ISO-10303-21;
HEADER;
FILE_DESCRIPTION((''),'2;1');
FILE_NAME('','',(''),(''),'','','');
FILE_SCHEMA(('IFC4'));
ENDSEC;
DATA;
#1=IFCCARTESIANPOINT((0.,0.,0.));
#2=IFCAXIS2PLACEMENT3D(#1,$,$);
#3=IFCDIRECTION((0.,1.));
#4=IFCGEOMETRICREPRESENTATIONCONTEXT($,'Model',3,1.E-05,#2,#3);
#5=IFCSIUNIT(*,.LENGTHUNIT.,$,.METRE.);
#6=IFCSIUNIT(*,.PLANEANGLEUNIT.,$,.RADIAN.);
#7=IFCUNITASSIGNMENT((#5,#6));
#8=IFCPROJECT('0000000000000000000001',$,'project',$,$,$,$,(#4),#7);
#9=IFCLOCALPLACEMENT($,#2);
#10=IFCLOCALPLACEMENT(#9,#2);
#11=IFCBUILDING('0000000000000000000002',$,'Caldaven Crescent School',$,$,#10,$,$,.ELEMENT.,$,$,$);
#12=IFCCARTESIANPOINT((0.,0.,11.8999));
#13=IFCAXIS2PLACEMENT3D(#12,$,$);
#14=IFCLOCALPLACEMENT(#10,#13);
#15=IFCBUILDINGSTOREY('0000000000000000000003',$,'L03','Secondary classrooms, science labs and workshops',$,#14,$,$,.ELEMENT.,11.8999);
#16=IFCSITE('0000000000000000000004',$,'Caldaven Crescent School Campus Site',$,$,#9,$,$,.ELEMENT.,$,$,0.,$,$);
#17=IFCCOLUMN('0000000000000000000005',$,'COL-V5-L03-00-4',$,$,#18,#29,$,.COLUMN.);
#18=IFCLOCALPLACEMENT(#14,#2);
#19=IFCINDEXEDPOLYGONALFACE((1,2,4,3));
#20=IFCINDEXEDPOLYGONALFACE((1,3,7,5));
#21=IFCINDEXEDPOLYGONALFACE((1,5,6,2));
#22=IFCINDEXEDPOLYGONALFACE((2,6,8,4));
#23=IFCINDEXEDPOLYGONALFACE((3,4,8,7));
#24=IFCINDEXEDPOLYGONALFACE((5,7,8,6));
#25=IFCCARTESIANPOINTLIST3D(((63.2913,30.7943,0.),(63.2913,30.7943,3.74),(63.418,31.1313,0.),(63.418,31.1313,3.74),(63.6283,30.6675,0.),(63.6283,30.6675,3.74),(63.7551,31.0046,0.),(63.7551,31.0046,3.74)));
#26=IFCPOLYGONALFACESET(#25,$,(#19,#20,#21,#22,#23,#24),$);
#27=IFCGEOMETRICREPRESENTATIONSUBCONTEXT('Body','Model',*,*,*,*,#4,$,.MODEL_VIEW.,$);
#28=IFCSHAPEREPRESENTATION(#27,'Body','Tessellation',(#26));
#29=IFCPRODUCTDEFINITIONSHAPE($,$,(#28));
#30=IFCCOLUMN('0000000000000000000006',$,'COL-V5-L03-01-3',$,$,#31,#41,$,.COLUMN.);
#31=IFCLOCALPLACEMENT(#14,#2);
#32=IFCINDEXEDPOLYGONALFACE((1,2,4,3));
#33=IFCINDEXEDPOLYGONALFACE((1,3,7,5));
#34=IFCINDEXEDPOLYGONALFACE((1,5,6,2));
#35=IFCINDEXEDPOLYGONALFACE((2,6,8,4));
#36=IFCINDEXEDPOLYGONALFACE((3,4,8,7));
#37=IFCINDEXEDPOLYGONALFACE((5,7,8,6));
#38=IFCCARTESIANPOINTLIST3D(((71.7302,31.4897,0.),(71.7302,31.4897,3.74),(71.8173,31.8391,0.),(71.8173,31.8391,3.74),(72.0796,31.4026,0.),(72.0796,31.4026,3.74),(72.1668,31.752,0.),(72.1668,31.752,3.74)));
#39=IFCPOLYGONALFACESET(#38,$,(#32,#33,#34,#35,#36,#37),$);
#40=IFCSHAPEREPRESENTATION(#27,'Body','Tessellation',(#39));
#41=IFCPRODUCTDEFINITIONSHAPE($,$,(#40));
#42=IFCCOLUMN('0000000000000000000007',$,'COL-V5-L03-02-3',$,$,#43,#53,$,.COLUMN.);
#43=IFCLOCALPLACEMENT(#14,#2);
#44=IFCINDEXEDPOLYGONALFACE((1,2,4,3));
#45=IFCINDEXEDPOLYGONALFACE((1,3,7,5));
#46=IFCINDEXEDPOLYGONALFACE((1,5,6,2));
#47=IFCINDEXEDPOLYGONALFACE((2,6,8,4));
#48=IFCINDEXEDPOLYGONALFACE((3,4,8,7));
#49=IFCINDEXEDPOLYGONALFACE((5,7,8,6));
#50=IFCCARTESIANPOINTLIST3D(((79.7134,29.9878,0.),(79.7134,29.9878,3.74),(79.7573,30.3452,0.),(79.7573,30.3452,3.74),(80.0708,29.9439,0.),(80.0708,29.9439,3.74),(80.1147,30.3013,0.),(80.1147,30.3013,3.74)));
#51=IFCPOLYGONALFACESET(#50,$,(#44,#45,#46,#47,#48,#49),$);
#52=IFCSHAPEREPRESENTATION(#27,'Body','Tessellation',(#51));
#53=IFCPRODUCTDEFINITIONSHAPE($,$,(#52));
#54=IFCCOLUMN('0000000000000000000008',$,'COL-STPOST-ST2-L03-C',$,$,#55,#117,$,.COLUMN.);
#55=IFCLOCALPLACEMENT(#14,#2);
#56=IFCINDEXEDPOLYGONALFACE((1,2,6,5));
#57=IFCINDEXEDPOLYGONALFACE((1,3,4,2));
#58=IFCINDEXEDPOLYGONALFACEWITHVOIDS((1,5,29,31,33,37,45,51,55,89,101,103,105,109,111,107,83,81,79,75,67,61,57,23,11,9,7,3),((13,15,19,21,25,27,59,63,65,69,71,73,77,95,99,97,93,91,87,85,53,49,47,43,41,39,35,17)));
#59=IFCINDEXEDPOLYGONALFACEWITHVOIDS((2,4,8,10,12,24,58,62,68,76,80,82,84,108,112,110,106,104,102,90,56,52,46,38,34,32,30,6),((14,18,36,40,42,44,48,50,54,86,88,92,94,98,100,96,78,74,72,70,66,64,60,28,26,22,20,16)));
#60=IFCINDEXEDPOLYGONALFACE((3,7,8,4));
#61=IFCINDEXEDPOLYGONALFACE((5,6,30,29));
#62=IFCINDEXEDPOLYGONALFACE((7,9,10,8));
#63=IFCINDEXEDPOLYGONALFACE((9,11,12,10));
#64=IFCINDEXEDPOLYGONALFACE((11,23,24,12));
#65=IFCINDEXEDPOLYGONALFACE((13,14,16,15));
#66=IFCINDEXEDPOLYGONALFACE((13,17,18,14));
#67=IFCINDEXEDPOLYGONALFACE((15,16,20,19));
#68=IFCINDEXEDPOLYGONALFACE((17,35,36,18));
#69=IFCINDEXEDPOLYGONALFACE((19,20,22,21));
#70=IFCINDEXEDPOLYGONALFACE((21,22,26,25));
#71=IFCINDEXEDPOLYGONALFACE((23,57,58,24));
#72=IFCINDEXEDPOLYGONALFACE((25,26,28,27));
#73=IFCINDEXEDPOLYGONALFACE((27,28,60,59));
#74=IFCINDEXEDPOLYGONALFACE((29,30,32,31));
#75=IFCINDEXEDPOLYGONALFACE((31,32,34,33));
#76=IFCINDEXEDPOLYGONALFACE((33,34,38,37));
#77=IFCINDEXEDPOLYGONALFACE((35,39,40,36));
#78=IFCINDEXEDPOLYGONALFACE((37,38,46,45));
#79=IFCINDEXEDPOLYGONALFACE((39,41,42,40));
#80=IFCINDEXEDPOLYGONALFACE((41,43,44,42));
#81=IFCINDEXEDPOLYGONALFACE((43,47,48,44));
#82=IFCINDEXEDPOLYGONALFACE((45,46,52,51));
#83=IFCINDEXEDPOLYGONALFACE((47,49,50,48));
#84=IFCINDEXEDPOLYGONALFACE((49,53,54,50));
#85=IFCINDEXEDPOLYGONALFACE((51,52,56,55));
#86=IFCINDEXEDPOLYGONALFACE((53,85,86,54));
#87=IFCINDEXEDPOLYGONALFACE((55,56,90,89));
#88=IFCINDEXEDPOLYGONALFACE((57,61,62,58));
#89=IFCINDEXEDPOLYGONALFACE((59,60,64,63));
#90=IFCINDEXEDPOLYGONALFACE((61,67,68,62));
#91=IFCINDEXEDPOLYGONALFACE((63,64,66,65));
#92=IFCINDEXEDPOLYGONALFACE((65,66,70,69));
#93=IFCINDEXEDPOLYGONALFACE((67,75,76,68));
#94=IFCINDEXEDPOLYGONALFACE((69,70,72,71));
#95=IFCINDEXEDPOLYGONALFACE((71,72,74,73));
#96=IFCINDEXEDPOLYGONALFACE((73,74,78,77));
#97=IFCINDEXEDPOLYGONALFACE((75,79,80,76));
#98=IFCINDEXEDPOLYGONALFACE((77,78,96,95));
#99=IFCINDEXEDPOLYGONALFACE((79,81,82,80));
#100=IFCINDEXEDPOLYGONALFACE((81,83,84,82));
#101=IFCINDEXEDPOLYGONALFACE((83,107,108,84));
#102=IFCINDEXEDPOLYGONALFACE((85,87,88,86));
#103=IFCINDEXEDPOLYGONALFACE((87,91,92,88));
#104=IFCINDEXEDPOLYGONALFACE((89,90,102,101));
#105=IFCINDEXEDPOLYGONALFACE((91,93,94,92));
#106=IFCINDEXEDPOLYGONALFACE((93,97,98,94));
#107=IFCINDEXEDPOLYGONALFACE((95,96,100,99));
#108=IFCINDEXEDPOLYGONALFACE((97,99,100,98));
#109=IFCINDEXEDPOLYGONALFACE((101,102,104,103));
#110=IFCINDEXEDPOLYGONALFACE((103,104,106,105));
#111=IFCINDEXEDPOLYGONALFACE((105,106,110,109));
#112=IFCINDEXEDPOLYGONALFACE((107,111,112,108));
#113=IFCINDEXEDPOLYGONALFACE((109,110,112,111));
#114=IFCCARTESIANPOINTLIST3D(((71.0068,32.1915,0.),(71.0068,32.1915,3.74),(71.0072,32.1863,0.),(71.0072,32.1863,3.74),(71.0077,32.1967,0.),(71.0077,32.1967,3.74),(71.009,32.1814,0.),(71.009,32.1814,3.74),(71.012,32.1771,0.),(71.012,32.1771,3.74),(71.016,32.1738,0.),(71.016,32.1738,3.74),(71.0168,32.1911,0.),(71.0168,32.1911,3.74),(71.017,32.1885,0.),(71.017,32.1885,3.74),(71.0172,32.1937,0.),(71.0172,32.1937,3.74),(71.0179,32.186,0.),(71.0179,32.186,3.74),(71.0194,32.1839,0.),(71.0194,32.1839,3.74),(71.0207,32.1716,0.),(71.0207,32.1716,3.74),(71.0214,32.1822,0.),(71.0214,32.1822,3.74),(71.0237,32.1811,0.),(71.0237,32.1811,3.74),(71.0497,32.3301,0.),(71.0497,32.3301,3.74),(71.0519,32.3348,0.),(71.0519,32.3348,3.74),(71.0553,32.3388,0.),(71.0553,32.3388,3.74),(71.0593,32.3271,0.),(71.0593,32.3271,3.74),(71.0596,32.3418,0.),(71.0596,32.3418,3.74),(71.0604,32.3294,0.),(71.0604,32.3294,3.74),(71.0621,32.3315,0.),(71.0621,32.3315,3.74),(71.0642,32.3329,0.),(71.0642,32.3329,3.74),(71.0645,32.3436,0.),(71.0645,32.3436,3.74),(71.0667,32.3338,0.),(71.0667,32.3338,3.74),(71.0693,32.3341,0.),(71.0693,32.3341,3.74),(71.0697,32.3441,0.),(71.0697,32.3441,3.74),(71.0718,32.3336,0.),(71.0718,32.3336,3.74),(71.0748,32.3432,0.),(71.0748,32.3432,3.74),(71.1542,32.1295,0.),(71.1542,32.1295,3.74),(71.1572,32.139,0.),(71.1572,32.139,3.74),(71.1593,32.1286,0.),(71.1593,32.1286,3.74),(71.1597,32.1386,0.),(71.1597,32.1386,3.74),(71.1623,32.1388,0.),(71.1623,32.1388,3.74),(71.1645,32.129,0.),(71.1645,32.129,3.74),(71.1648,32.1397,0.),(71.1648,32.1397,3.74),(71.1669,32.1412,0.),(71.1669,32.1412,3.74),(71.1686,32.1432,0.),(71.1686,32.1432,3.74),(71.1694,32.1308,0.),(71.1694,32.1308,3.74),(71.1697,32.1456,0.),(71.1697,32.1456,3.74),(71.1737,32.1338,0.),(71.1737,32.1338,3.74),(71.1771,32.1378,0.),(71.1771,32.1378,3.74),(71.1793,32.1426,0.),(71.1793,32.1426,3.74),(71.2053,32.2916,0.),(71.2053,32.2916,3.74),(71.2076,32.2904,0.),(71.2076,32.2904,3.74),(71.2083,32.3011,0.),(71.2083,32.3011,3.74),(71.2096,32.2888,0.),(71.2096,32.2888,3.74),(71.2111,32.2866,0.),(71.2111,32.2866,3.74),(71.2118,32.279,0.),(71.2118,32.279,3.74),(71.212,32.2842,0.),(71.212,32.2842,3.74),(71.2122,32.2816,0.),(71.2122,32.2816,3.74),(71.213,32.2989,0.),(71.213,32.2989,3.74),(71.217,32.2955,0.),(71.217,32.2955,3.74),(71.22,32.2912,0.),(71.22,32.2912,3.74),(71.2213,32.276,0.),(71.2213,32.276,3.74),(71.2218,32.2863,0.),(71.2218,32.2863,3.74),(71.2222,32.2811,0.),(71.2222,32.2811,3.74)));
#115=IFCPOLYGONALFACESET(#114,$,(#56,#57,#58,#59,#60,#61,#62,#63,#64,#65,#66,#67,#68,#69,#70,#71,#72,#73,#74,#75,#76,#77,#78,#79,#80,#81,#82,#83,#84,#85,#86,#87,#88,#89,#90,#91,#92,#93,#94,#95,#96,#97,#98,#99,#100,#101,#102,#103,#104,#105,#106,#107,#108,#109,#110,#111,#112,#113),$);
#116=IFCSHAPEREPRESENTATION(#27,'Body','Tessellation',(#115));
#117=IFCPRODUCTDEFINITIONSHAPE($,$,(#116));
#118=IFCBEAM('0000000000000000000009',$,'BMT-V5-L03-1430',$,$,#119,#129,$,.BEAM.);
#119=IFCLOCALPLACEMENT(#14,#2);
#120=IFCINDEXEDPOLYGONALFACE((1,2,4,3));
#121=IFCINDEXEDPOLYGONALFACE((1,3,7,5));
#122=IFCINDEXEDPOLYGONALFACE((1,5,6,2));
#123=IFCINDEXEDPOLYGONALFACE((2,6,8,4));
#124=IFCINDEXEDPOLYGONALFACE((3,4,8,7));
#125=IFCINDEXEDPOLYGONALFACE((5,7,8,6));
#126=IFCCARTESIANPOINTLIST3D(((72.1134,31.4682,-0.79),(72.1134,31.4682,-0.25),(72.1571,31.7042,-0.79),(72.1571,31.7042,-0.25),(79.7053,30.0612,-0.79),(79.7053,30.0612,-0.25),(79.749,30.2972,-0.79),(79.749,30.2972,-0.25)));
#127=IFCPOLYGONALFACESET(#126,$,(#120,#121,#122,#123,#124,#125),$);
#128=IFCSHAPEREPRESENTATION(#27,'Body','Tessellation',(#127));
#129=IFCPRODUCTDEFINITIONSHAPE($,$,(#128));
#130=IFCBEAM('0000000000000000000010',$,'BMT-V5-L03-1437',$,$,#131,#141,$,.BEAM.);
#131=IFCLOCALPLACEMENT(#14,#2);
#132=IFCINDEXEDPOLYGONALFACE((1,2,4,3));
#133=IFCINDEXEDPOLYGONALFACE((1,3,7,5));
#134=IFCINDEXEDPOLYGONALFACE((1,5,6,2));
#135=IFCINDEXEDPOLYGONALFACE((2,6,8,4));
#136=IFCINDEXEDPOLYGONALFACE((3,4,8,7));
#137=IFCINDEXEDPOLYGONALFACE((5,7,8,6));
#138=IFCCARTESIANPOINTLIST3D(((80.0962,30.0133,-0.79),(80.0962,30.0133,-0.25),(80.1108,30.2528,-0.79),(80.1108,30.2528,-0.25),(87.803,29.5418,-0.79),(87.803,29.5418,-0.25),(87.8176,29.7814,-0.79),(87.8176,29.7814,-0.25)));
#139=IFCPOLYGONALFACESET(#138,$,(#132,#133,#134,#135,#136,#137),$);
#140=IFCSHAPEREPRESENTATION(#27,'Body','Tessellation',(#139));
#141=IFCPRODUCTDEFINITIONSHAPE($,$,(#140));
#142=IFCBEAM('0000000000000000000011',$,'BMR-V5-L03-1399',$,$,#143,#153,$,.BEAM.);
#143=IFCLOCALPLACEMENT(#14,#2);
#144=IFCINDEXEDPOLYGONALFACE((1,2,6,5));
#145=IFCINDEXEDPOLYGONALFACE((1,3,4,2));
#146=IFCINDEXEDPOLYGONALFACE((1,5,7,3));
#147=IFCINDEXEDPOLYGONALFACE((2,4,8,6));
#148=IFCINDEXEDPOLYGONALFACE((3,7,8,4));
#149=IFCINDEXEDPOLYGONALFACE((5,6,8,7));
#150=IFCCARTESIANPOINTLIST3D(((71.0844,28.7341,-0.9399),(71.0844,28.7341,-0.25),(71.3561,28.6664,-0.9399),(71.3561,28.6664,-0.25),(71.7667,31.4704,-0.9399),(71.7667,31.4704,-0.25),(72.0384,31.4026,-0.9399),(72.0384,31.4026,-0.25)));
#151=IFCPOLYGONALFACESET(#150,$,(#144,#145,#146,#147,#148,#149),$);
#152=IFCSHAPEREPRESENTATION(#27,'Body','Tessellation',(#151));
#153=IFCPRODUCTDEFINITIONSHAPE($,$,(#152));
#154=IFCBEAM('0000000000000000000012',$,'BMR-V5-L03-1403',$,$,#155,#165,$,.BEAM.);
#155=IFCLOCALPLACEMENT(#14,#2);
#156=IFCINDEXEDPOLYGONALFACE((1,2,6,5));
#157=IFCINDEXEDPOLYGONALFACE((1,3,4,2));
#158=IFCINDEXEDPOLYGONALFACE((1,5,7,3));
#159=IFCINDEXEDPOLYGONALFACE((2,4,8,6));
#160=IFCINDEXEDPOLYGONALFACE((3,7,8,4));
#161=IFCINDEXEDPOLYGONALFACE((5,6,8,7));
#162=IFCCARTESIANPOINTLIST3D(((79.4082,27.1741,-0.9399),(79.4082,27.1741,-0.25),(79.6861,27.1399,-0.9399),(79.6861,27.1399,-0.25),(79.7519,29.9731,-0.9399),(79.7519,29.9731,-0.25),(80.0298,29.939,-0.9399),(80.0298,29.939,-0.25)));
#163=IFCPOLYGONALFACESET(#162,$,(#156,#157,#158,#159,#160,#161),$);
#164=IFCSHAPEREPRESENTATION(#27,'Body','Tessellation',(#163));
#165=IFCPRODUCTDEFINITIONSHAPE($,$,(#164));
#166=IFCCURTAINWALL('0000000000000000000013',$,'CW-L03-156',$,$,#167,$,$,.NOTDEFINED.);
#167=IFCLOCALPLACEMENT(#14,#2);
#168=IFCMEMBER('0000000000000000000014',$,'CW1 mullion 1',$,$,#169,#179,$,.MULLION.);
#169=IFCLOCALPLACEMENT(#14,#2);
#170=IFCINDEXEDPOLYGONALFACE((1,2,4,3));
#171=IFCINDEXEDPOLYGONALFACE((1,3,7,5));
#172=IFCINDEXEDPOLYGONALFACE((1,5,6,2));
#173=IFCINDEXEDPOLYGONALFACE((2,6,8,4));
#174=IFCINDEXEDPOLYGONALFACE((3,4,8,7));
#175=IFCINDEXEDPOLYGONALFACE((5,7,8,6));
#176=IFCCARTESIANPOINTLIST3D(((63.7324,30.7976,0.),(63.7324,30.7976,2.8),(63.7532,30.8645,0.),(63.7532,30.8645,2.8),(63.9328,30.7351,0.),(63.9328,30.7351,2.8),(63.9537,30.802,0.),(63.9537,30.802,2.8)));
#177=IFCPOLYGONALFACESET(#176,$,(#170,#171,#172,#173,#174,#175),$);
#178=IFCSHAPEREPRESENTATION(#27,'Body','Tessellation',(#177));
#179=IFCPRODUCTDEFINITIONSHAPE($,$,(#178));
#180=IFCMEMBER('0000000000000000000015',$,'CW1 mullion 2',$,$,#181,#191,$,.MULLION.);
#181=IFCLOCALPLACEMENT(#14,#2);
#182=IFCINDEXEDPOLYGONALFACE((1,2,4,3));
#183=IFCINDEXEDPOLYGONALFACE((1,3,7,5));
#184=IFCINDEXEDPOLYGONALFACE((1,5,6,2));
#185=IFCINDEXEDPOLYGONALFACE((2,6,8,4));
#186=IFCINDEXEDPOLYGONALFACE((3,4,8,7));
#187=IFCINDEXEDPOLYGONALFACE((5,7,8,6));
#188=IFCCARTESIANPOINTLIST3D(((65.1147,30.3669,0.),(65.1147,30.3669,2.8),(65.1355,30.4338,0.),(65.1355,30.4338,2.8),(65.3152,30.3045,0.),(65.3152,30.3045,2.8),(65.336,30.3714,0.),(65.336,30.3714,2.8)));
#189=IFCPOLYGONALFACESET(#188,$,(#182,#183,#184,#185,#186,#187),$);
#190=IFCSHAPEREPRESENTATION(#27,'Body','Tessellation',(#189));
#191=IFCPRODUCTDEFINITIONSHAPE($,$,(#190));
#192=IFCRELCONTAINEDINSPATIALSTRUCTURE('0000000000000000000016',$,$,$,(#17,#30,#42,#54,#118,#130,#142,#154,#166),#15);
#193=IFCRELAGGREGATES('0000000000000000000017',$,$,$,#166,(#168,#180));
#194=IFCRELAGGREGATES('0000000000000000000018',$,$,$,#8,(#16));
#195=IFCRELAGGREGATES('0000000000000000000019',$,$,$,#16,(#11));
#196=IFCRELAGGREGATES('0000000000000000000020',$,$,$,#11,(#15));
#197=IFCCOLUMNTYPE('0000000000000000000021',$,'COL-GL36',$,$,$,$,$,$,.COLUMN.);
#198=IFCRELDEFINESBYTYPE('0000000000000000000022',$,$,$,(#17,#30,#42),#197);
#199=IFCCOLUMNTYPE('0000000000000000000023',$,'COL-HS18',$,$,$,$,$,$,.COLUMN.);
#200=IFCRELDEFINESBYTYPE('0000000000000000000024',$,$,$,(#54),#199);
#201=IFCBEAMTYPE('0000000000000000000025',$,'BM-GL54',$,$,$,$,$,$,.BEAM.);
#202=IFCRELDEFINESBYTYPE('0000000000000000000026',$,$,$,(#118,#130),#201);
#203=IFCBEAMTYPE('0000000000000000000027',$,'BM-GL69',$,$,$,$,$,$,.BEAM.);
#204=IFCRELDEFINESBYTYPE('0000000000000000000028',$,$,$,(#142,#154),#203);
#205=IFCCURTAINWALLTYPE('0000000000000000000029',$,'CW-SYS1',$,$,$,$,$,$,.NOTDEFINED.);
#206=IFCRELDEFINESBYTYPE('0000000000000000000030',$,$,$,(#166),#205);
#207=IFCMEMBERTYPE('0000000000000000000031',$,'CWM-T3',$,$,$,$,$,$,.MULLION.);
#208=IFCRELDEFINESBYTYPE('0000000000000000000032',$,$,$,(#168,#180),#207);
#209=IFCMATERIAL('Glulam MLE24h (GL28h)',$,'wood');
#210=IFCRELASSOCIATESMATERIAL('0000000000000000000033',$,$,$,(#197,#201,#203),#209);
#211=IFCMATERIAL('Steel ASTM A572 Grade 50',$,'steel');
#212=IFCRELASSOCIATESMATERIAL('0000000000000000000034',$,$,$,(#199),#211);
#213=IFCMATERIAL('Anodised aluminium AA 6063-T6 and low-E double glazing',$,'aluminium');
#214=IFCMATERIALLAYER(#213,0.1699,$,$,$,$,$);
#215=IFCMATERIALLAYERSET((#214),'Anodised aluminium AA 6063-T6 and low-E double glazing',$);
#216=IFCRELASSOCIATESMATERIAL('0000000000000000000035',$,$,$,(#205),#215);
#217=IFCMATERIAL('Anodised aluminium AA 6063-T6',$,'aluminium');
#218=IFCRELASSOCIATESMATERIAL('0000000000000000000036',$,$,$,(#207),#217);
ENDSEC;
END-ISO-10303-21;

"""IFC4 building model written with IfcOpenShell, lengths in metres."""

from ifc_helpers import new_model, si_unit, direction, frame, origin, origin_2d, place, context, subcontext, project, spatial, rectangle, hollow_rectangle, extrude, material, layer, layer_set, material_profile, profile_set, type_object, element, aggregate, save


model = new_model("IFC4")

# Units and contexts
model_context = context("Model", 3, precision=1e-05, world=origin(), true_north=direction((0.0, 1.0)))
body_context = subcontext(model_context, "Body", "Model", "MODEL_VIEW")
ifc_project = project(units=[si_unit("LENGTHUNIT", "METRE"), si_unit("PLANEANGLEUNIT", "RADIAN")], contexts=[model_context])

# Site, building, storey
site_placement = place(None, origin())
site = spatial("IfcSite", under=ifc_project, at=site_placement, Name="Caldaven Crescent School Campus Site", CompositionType="ELEMENT", RefElevation=0.0)
building_placement = place(site_placement, origin())
building = spatial("IfcBuilding", under=site, at=building_placement, Name="Caldaven Crescent School", CompositionType="ELEMENT")
storey_placement = place(building_placement, frame((0.0, 0.0, 11.8999)))
storey = spatial("IfcBuildingStorey", under=building, at=storey_placement, Name="L03", Description="Secondary classrooms, science labs and workshops", CompositionType="ELEMENT", Elevation=11.8999)

# Columns
ifc_material_1 = material(Name="Glulam MLE24h (GL28h)", Category="wood")
ifc_material_profile_1 = material_profile(ifc_material_1, rectangle(XDim=0.3601, YDim=0.3601, at=origin_2d()), Name="MLE 360x360")
ifc_profile_set_1 = profile_set([ifc_material_profile_1], Name="Glulam MLE24h (GL28h)")
column_type_1 = type_object("IfcColumnType", Name="COL-GL36", PredefinedType="COLUMN", material=ifc_profile_set_1)
for number, where, z_axis, x_axis, name in (
    (1, (63.5232, 30.8994, 0.0), (0.0, 0.0, 1.0), (-0.352005, -0.935998, 0.0), "COL-V5-L03-00-4"),
    (2, (71.9485, 31.6208, 0.0), (0.0, 0.0, 1.0), (-0.241922, -0.970296, 0.0), "COL-V5-L03-01-3"),
    (3, (79.9141, 30.1445, 0.0), (0.0, 0.0, 1.0), (-0.121869, -0.992546, 0.0), "COL-V5-L03-02-3"),
):
    element("IfcColumn", number, at=place(storey_placement, frame(where, z_axis=z_axis, x_axis=x_axis)), inside=storey, type_object=column_type_1, Name=name, PredefinedType="COLUMN", context=body_context, shape_type="SweptSolid", body=[
        extrude(rectangle(XDim=0.3601, YDim=0.3601, at=origin_2d()), origin(), (0.0, 0.0, 1.0), 3.74),
    ])
ifc_material_2 = material(Name="Steel ASTM A572 Grade 50", Category="steel")
ifc_material_profile_2 = material_profile(ifc_material_2, hollow_rectangle(XDim=0.1799, YDim=0.1799, WallThickness=0.01, InnerFilletRadius=0.01, OuterFilletRadius=0.02, at=origin_2d()), Name="HSS 180x180x10")
ifc_profile_set_2 = profile_set([ifc_material_profile_2], Name="Steel ASTM A572 Grade 50")
column_type_2 = type_object("IfcColumnType", Name="COL-HS18", PredefinedType="COLUMN", material=ifc_profile_set_2)
column_placement = place(storey_placement, frame((71.1145, 32.2363, 0.0), z_axis=(0.0, 0.0, 1.0), x_axis=(0.953717, -0.300706, 0.0)))
element("IfcColumn", 4, at=column_placement, inside=storey, type_object=column_type_2, Name="COL-STPOST-ST2-L03-C", PredefinedType="COLUMN", context=body_context, shape_type="SweptSolid", body=[
    extrude(hollow_rectangle(XDim=0.1799, YDim=0.1799, WallThickness=0.01, InnerFilletRadius=0.01, OuterFilletRadius=0.02, at=origin_2d()), origin(), (0.0, 0.0, 1.0), 3.74),
])

# Beams
ifc_material_profile_3 = material_profile(ifc_material_1, rectangle(XDim=0.24, YDim=0.54, at=origin_2d()), Name="MLE 240x540")
ifc_profile_set_3 = profile_set([ifc_material_profile_3], Name="Glulam MLE24h (GL28h)")
beam_type_1 = type_object("IfcBeamType", Name="BM-GL54", PredefinedType="BEAM", material=ifc_profile_set_3)
for number, where, z_axis, x_axis, name in (
    (5, (72.1353, 31.5862, -0.52), (0.983257, -0.182226, 0.0), (0.182226, 0.983257, 0.0), "BMT-V5-L03-1430"),
    (6, (80.1035, 30.1331, -0.52), (0.998134, -0.061057, 0.0), (0.061057, 0.998134, 0.0), "BMT-V5-L03-1437"),
):
    element("IfcBeam", number, at=place(storey_placement, frame(where, z_axis=z_axis, x_axis=x_axis)), inside=storey, type_object=beam_type_1, Name=name, PredefinedType="BEAM", context=body_context, shape_type="SweptSolid", body=[
        extrude(rectangle(XDim=0.24, YDim=0.54, at=origin_2d()), origin(), (0.0, 0.0, 1.0), 7.7212),
    ])
ifc_material_profile_4 = material_profile(ifc_material_1, rectangle(XDim=0.28, YDim=0.6899, at=origin_2d()), Name="MLE 280x690")
ifc_profile_set_4 = profile_set([ifc_material_profile_4], Name="Glulam MLE24h (GL28h)")
beam_type_2 = type_object("IfcBeamType", Name="BM-GL69", PredefinedType="BEAM", material=ifc_profile_set_4)
for number, where, z_axis, x_axis, name in (
    (7, (71.9026, 31.4365, -0.595), (-0.241965, -0.970285, 0.0), (0.970285, -0.241965, 0.0), "BMR-V5-L03-1399"),
    (8, (79.8909, 29.9561, -0.595), (-0.121893, -0.992543, 0.0), (0.992543, -0.121893, 0.0), "BMR-V5-L03-1403"),
):
    element("IfcBeam", number, at=place(storey_placement, frame(where, z_axis=z_axis, x_axis=x_axis)), inside=storey, type_object=beam_type_2, Name=name, PredefinedType="BEAM", context=body_context, shape_type="SweptSolid", body=[
        extrude(rectangle(XDim=0.28, YDim=0.6899, at=origin_2d()), origin(), (0.0, 0.0, 1.0), 2.8201),
    ])

# Curtain wall, members
ifc_material_3 = material(Name="Anodised aluminium AA 6063-T6 and low-E double glazing", Category="aluminium")
ifc_layer_1 = layer(ifc_material_3, 0.1699)
ifc_layer_set_1 = layer_set([ifc_layer_1], Name="Anodised aluminium AA 6063-T6 and low-E double glazing")
curtain_wall_type = type_object("IfcCurtainWallType", Name="CW-SYS1", PredefinedType="NOTDEFINED", material=ifc_layer_set_1)
curtain_wall_placement = place(storey_placement, origin())
curtain_wall = element("IfcCurtainWall", 9, at=curtain_wall_placement, inside=storey, type_object=curtain_wall_type, Name="CW-L03-156", PredefinedType="NOTDEFINED")
ifc_material_4 = material(Name="Anodised aluminium AA 6063-T6", Category="aluminium")
ifc_material_profile_5 = material_profile(ifc_material_4, rectangle(XDim=0.0701, YDim=0.21, at=origin_2d()), Name="CWM 70x210")
ifc_profile_set_5 = profile_set([ifc_material_profile_5], Name="Anodised aluminium AA 6063-T6")
member_type_1 = type_object("IfcMemberType", Name="CWM-T3", PredefinedType="MULLION", material=ifc_profile_set_5)
member_1_placement = place(storey_placement, frame((63.843, 30.7998, 0.0), z_axis=(0.0, 0.0, 1.0), x_axis=(0.29742, 0.954747, 0.0)))
member_1 = element("IfcMember", 10, at=member_1_placement, type_object=member_type_1, Name="CW1 mullion 1", PredefinedType="MULLION", context=body_context, shape_type="SweptSolid", body=[
    extrude(rectangle(XDim=0.0701, YDim=0.21, at=origin_2d()), origin(), (0.0, 0.0, 1.0), 2.8),
])
member_2_placement = place(storey_placement, frame((65.2253, 30.3691, 0.0), z_axis=(0.0, 0.0, 1.0), x_axis=(0.29742, 0.954747, 0.0)))
member_2 = element("IfcMember", 11, at=member_2_placement, type_object=member_type_1, Name="CW1 mullion 2", PredefinedType="MULLION", context=body_context, shape_type="SweptSolid", body=[
    extrude(rectangle(XDim=0.0701, YDim=0.21, at=origin_2d()), origin(), (0.0, 0.0, 1.0), 2.8),
])

aggregate(curtain_wall, [member_1, member_2])

save(model, "model.ifc")
